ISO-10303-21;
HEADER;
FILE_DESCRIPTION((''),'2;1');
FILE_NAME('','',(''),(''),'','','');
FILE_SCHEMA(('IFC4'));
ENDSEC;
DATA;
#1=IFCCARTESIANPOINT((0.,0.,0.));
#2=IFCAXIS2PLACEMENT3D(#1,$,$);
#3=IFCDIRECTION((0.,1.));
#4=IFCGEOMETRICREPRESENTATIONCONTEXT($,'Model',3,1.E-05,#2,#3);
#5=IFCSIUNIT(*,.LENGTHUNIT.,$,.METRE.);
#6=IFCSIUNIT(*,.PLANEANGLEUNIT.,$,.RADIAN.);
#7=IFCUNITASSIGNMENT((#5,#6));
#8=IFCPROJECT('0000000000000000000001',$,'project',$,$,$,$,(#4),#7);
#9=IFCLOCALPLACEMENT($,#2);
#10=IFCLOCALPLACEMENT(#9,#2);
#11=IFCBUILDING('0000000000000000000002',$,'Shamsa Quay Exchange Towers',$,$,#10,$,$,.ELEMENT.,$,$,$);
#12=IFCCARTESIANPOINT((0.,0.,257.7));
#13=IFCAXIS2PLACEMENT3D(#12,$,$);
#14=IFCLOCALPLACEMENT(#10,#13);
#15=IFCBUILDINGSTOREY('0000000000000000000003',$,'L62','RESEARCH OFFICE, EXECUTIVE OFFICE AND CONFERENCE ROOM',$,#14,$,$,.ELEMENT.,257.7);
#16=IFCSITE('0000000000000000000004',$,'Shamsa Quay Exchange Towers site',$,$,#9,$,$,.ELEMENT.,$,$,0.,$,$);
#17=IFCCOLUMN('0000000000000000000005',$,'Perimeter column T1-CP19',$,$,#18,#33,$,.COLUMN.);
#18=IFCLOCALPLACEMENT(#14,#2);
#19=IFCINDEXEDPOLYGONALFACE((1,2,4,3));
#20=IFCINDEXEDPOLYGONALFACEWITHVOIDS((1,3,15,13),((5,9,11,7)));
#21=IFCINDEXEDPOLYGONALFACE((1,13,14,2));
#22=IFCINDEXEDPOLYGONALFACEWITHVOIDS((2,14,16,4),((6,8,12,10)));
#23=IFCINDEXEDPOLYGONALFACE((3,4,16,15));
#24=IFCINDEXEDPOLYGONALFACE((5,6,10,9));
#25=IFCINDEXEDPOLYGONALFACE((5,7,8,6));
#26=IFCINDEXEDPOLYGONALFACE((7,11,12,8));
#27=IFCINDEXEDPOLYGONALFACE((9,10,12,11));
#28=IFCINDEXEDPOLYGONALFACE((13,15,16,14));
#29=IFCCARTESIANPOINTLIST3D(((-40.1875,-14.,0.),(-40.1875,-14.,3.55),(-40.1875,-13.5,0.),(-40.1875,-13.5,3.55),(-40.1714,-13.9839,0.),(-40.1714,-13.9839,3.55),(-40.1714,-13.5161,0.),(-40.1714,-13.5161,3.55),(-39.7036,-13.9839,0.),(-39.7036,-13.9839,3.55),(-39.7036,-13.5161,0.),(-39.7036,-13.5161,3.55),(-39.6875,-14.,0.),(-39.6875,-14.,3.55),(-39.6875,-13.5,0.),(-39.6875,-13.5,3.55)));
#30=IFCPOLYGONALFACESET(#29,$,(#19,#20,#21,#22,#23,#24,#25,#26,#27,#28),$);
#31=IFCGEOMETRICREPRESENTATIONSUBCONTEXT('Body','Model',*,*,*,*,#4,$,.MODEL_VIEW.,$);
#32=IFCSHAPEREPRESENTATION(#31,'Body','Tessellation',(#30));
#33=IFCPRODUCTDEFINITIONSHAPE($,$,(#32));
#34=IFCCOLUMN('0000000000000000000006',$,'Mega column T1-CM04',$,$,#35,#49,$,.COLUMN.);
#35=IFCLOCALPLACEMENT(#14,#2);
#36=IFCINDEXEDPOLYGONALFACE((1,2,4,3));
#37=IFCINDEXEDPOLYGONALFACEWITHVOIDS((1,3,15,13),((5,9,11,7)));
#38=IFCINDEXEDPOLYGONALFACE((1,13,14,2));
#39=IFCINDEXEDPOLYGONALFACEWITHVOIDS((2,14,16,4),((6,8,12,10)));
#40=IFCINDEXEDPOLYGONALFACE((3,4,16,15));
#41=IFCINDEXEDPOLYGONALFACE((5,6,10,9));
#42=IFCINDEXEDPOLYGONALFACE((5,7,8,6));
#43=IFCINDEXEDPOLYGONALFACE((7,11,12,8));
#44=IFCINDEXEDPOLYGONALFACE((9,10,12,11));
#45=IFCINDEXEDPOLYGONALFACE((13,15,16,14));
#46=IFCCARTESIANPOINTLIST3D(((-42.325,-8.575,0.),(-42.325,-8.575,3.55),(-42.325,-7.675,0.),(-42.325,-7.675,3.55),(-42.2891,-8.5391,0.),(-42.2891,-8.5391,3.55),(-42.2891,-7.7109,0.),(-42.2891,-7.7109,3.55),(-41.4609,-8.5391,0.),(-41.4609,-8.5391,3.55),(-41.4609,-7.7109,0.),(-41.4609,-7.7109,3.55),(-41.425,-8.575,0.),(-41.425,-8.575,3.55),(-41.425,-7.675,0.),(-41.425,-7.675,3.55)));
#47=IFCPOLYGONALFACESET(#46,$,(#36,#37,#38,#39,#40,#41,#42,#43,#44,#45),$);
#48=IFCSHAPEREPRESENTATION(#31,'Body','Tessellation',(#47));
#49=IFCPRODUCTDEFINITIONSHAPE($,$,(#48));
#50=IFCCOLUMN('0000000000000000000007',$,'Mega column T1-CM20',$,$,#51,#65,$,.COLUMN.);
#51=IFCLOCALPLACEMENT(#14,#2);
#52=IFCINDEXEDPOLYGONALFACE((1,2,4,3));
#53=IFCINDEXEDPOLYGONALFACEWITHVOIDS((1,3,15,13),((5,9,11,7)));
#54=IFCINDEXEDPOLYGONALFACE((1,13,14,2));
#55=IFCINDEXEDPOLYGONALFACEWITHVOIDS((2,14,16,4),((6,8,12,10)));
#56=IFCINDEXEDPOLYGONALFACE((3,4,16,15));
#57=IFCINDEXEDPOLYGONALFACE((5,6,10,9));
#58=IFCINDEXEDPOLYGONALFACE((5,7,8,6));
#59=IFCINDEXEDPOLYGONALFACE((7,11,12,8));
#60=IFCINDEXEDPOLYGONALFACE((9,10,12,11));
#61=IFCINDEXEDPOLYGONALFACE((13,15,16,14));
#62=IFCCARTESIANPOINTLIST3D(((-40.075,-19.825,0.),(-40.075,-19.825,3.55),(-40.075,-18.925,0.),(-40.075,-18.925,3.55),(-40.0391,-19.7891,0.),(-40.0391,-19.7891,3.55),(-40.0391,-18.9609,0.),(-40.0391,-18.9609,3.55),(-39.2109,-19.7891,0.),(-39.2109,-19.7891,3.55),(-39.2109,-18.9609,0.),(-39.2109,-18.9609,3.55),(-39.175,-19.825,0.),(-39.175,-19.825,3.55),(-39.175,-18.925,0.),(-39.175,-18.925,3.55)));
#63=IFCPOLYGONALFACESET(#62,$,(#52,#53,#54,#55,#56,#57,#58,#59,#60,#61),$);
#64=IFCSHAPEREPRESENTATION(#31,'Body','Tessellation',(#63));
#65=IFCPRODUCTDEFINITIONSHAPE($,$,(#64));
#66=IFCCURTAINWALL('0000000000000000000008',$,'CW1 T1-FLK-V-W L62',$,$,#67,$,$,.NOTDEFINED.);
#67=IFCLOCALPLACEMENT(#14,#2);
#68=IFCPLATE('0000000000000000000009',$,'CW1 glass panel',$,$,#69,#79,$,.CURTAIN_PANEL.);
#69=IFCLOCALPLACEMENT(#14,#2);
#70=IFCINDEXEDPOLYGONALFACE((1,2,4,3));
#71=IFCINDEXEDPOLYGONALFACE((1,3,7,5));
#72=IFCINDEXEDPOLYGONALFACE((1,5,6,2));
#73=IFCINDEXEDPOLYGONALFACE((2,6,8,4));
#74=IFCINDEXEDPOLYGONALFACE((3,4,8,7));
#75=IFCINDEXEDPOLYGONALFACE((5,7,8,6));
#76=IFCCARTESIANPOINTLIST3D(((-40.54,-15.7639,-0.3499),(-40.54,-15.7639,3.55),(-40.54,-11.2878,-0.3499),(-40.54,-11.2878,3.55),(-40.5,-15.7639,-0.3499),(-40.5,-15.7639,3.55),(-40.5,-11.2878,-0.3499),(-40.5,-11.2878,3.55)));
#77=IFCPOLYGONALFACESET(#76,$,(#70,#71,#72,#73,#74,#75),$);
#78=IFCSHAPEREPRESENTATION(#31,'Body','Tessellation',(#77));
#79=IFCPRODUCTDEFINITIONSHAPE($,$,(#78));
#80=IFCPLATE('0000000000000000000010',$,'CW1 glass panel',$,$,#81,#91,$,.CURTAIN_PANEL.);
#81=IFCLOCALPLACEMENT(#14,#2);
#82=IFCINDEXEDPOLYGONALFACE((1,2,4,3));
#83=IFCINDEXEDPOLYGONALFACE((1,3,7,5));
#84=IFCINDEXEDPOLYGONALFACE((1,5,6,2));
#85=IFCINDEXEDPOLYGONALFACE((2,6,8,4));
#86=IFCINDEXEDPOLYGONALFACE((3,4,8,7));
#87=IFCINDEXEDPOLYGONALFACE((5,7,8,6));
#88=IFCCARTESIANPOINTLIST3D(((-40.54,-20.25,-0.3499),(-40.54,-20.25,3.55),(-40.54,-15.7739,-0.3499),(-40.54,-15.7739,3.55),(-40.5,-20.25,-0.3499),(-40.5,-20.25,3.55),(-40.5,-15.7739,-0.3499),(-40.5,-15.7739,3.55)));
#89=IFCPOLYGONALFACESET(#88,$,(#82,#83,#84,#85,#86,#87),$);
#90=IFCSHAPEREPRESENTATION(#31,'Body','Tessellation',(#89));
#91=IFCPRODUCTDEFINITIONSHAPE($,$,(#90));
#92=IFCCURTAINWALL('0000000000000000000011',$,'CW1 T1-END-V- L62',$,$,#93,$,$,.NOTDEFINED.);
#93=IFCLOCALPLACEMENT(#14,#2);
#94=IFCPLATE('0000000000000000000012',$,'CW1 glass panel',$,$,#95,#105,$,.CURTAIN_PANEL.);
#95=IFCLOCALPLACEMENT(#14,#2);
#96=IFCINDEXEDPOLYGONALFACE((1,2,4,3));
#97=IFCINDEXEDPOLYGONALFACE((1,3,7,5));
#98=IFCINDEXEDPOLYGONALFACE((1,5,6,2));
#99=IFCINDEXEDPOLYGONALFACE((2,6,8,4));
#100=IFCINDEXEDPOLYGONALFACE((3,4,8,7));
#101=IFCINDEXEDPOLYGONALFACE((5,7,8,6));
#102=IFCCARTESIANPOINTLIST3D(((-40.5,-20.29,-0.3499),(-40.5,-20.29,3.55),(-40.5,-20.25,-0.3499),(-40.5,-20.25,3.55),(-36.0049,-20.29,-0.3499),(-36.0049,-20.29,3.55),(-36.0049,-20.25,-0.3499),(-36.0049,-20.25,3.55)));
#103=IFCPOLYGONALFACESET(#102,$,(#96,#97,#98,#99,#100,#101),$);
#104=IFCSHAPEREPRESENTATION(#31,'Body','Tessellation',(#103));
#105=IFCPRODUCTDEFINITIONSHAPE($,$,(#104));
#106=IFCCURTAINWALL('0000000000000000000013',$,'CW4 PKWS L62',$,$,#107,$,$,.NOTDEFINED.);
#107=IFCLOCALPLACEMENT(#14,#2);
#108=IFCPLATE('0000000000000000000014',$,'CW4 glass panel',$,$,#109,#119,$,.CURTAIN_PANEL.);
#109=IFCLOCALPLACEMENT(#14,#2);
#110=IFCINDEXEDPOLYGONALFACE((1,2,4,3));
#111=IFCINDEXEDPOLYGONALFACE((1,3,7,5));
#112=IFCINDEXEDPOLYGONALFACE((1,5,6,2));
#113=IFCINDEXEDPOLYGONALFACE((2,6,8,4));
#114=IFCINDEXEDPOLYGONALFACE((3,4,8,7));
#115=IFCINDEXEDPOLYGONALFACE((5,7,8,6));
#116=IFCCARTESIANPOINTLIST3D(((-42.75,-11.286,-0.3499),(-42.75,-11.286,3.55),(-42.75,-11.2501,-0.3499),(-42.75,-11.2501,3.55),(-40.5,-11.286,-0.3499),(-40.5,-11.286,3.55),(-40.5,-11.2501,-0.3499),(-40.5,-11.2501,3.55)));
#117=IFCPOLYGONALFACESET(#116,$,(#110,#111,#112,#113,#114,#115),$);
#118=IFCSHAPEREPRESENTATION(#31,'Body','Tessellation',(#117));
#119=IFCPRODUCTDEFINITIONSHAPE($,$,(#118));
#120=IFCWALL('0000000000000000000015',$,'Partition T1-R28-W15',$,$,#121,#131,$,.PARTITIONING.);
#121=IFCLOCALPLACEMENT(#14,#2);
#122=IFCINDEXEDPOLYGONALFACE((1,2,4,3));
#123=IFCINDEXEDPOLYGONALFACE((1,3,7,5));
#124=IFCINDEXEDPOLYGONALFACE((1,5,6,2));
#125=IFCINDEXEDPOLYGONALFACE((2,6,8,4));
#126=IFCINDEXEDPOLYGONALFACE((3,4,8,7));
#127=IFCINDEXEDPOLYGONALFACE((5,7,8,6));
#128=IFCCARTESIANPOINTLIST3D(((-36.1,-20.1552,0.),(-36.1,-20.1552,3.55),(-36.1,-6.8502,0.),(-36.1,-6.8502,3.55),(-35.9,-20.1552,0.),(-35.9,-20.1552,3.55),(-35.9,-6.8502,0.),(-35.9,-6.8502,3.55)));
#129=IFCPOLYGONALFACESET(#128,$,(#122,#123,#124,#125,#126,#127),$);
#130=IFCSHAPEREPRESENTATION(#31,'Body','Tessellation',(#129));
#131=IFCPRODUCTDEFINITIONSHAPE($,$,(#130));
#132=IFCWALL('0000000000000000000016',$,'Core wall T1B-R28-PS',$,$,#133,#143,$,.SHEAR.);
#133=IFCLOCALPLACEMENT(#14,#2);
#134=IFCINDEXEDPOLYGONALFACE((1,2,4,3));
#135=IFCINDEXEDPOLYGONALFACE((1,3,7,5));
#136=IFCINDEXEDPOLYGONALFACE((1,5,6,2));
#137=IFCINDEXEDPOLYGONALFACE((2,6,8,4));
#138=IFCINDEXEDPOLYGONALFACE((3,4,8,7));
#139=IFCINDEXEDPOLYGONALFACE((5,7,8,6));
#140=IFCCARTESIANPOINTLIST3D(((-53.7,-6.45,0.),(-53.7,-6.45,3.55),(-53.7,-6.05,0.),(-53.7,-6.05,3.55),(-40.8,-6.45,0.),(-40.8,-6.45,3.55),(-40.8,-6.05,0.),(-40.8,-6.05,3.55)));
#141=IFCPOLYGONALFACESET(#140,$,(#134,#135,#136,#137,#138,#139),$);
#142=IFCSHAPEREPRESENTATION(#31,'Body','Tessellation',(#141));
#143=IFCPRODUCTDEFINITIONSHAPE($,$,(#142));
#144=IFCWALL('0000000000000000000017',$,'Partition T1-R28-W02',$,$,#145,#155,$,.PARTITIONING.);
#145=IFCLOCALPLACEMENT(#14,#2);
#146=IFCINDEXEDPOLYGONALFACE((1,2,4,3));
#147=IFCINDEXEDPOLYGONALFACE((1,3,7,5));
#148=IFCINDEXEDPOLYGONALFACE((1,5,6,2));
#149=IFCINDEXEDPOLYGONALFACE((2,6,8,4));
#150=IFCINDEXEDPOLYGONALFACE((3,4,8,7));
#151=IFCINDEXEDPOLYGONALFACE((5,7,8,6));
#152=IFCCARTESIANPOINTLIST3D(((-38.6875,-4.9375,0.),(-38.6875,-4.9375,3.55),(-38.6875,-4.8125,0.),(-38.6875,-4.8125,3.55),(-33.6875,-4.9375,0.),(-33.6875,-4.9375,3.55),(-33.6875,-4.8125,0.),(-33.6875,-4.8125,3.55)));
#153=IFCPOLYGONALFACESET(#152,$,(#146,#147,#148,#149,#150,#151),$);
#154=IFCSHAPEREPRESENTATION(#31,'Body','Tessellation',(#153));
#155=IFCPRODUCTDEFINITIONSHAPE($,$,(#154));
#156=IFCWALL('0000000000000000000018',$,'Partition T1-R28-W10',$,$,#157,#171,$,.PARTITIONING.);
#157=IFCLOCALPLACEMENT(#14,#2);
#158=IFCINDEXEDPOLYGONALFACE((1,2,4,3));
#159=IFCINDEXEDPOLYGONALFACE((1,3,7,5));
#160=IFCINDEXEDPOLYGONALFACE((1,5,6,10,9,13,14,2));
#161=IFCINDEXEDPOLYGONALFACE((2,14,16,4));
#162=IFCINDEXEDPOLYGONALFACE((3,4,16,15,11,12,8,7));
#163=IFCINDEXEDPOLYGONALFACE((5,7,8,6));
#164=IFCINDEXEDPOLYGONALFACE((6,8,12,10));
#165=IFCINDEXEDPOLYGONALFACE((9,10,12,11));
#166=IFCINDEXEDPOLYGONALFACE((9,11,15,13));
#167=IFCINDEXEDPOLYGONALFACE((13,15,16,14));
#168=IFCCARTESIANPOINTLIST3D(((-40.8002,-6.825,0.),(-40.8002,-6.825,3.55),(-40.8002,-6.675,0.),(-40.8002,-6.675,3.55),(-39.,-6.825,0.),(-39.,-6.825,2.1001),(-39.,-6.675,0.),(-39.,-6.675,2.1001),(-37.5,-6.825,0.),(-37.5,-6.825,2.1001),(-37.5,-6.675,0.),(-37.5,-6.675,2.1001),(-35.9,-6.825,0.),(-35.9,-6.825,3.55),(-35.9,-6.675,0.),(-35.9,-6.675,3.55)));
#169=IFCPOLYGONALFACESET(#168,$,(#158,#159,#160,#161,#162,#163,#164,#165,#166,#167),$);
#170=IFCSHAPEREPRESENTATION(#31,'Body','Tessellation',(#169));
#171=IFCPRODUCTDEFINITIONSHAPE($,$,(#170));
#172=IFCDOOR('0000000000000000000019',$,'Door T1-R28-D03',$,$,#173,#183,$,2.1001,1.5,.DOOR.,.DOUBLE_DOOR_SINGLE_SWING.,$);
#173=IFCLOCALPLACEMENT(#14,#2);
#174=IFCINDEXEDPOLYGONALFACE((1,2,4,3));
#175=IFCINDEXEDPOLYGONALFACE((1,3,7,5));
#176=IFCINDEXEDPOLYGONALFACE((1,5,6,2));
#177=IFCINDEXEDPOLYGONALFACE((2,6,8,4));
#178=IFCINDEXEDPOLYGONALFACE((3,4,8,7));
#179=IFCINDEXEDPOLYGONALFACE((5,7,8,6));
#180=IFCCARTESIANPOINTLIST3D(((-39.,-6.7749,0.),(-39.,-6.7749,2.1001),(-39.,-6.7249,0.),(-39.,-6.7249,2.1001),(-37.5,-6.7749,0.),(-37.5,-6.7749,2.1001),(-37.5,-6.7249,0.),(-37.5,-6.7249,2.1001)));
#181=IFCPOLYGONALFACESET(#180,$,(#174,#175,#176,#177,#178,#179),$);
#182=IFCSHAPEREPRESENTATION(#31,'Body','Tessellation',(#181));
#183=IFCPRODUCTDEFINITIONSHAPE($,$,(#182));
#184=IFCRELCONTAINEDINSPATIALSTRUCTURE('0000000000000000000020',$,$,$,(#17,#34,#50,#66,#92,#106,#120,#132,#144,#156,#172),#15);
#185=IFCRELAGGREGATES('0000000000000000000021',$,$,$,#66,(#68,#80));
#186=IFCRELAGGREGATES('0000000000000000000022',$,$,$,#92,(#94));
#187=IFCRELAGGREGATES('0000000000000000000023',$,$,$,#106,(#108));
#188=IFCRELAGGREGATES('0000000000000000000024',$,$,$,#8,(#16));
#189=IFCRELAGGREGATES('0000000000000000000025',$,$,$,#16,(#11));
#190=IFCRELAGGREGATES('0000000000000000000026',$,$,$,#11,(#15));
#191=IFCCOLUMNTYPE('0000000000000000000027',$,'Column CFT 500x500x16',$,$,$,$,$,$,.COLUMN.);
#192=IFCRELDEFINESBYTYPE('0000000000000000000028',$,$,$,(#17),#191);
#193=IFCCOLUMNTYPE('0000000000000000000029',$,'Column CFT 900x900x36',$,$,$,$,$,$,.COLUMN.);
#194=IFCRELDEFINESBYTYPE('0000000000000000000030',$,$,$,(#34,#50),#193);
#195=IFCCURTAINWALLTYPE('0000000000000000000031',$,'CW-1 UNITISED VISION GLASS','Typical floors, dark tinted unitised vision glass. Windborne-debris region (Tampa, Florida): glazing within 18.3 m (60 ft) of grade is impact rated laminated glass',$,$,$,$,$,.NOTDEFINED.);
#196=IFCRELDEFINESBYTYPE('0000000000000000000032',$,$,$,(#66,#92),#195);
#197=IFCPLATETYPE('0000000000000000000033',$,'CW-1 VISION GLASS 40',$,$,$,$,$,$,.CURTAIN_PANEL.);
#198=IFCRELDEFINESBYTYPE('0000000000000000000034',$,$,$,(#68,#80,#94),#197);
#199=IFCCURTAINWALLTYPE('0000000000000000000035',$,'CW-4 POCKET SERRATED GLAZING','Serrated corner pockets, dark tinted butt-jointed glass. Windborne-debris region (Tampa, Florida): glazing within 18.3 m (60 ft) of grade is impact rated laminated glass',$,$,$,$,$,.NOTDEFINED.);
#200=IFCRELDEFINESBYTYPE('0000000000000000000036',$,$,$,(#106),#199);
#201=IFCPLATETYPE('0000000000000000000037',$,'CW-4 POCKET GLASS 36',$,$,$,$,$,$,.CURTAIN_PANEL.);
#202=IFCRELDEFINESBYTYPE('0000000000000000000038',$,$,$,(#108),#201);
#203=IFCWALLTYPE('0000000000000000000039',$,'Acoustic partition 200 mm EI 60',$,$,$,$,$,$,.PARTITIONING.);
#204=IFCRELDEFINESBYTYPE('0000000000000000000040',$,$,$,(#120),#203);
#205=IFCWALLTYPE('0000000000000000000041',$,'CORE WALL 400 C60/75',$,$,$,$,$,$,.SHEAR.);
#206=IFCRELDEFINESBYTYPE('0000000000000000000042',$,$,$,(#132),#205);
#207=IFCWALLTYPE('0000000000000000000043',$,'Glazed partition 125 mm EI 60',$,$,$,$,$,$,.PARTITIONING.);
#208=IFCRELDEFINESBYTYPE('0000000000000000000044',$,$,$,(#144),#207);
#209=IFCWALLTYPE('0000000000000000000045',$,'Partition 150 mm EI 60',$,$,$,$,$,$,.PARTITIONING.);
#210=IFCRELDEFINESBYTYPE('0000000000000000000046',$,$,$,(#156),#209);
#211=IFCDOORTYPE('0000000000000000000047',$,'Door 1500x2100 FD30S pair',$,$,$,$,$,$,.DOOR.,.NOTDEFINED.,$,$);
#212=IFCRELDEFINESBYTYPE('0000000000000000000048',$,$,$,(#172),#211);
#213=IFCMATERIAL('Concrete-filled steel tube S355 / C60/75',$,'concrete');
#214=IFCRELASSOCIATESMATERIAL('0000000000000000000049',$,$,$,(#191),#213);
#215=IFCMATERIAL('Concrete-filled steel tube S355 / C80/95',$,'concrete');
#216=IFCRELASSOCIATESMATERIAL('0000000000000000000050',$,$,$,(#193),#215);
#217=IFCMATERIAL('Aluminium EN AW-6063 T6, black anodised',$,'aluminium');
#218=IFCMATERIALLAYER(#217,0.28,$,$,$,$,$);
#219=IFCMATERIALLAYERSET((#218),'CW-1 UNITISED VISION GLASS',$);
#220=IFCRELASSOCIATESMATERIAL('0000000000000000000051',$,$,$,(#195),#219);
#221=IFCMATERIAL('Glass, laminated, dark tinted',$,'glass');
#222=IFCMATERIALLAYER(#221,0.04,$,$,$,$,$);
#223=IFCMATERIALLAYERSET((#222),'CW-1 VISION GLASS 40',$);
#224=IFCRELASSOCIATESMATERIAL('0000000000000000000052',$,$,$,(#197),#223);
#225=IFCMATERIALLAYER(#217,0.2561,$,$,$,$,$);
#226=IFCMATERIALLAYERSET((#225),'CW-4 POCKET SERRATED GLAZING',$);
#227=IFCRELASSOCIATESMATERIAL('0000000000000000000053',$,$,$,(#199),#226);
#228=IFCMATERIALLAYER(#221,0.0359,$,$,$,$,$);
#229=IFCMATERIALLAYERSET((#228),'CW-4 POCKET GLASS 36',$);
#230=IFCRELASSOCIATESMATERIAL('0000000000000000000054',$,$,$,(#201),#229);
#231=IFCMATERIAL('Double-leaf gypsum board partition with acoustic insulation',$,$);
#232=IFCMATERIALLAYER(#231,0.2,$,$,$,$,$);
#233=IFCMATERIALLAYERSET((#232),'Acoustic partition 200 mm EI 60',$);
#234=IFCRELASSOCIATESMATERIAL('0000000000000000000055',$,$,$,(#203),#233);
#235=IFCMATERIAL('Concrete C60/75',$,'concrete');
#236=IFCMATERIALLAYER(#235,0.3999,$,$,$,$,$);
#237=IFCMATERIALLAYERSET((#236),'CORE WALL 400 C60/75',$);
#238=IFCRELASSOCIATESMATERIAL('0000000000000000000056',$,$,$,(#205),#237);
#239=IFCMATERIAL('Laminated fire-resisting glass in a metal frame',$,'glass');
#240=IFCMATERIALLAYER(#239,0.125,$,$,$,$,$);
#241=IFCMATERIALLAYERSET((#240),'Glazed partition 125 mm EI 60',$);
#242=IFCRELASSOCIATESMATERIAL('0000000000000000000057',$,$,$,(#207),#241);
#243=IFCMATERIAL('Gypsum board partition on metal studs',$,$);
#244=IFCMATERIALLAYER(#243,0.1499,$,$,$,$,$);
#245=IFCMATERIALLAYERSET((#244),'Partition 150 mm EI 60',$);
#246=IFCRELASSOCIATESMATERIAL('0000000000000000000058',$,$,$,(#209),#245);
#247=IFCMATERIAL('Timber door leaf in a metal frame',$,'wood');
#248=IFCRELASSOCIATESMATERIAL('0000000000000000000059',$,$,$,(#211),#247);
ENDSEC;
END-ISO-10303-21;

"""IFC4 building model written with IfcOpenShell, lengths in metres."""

from ifc_helpers import new_model, si_unit, direction, frame, frame_2d, origin, origin_2d, place, context, subcontext, project, spatial, rectangle, hollow_rectangle, extrude, material, layer, layer_set, material_profile, profile_set, type_object, element, fill, aggregate, save


model = new_model("IFC4")

# Units and contexts
model_context = context("Model", 3, precision=1e-05, world=origin(), true_north=direction((0.0, 1.0)))
body_context = subcontext(model_context, "Body", "Model", "MODEL_VIEW")
ifc_project = project(units=[si_unit("LENGTHUNIT", "METRE"), si_unit("PLANEANGLEUNIT", "RADIAN")], contexts=[model_context])

# Site, building, storey
site_placement = place(None, origin())
site = spatial("IfcSite", under=ifc_project, at=site_placement, Name="Shamsa Quay Exchange Towers site", CompositionType="ELEMENT", RefElevation=0.0)
building_placement = place(site_placement, origin())
building = spatial("IfcBuilding", under=site, at=building_placement, Name="Shamsa Quay Exchange Towers", CompositionType="ELEMENT")
storey_placement = place(building_placement, frame((0.0, 0.0, 257.7)))
storey = spatial("IfcBuildingStorey", under=building, at=storey_placement, Name="L62", Description="RESEARCH OFFICE, EXECUTIVE OFFICE AND CONFERENCE ROOM", CompositionType="ELEMENT", Elevation=257.7)

# Columns
ifc_material_1 = material(Name="Concrete-filled steel tube S355 / C60/75", Category="concrete")
ifc_material_profile_1 = material_profile(ifc_material_1, hollow_rectangle(XDim=0.5, YDim=0.5, WallThickness=0.0161, at=origin_2d()), Name="CFT 500x500x16")
ifc_profile_set_1 = profile_set([ifc_material_profile_1], Name="Concrete-filled steel tube S355 / C60/75")
column_type_1 = type_object("IfcColumnType", Name="Column CFT 500x500x16", PredefinedType="COLUMN", material=ifc_profile_set_1)
column_placement = place(storey_placement, frame((-39.9375, -13.75, 0.0)))
element("IfcColumn", 1, at=column_placement, inside=storey, type_object=column_type_1, Name="Perimeter column T1-CP19", PredefinedType="COLUMN", context=body_context, shape_type="SweptSolid", body=[
    extrude(hollow_rectangle(XDim=0.5, YDim=0.5, WallThickness=0.0161, at=origin_2d()), origin(), (0.0, 0.0, 1.0), 3.55),
])
ifc_material_2 = material(Name="Concrete-filled steel tube S355 / C80/95", Category="concrete")
ifc_material_profile_2 = material_profile(ifc_material_2, hollow_rectangle(XDim=0.8999, YDim=0.8999, WallThickness=0.0359, at=origin_2d()), Name="CFT 900x900x36")
ifc_profile_set_2 = profile_set([ifc_material_profile_2], Name="Concrete-filled steel tube S355 / C80/95")
column_type_2 = type_object("IfcColumnType", Name="Column CFT 900x900x36", PredefinedType="COLUMN", material=ifc_profile_set_2)
for number, where, name in (
    (2, (-41.875, -8.125, 0.0), "Mega column T1-CM04"),
    (3, (-39.625, -19.375, 0.0), "Mega column T1-CM20"),
):
    element("IfcColumn", number, at=place(storey_placement, frame(where)), inside=storey, type_object=column_type_2, Name=name, PredefinedType="COLUMN", context=body_context, shape_type="SweptSolid", body=[
        extrude(hollow_rectangle(XDim=0.8999, YDim=0.8999, WallThickness=0.0359, at=origin_2d()), origin(), (0.0, 0.0, 1.0), 3.55),
    ])

# Curtain wall, plates
ifc_material_3 = material(Name="Aluminium EN AW-6063 T6, black anodised", Category="aluminium")
ifc_layer_1 = layer(ifc_material_3, 0.28)
ifc_layer_set_1 = layer_set([ifc_layer_1], Name="CW-1 UNITISED VISION GLASS")
curtain_wall_type_1 = type_object("IfcCurtainWallType", Name="CW-1 UNITISED VISION GLASS", Description="Typical floors, dark tinted unitised vision glass. Windborne-debris region (Tampa, Florida): glazing within 18.3 m (60 ft) of grade is impact rated laminated glass", PredefinedType="NOTDEFINED", material=ifc_layer_set_1)
curtain_wall_1_placement = place(storey_placement, origin())
curtain_wall_1 = element("IfcCurtainWall", 4, at=curtain_wall_1_placement, inside=storey, type_object=curtain_wall_type_1, Name="CW1 T1-FLK-V-W L62", PredefinedType="NOTDEFINED")
ifc_material_4 = material(Name="Glass, laminated, dark tinted", Category="glass")
ifc_layer_2 = layer(ifc_material_4, 0.04)
ifc_layer_set_2 = layer_set([ifc_layer_2], Name="CW-1 VISION GLASS 40")
plate_type_1 = type_object("IfcPlateType", Name="CW-1 VISION GLASS 40", PredefinedType="CURTAIN_PANEL", material=ifc_layer_set_2)
plate_1_placement = place(storey_placement, frame((-40.52, -13.5259, -0.3499), z_axis=(0.0, 0.0, 1.0), x_axis=(0.0, -1.0, 0.0)))
plate_1 = element("IfcPlate", 5, at=plate_1_placement, type_object=plate_type_1, Name="CW1 glass panel", PredefinedType="CURTAIN_PANEL", context=body_context, shape_type="SweptSolid", body=[
    extrude(rectangle(XDim=4.4761, YDim=0.04, at=origin_2d()), origin(), (0.0, 0.0, 1.0), 3.8999),
])
plate_2_placement = place(storey_placement, frame((-40.52, -18.012, -0.3499), z_axis=(0.0, 0.0, 1.0), x_axis=(0.0, -1.0, 0.0)))
plate_2 = element("IfcPlate", 6, at=plate_2_placement, type_object=plate_type_1, Name="CW1 glass panel", PredefinedType="CURTAIN_PANEL", context=body_context, shape_type="SweptSolid", body=[
    extrude(rectangle(XDim=4.4761, YDim=0.04, at=origin_2d()), origin(), (0.0, 0.0, 1.0), 3.8999),
])
aggregate(curtain_wall_1, [plate_1, plate_2])

# Curtain walls, plates
curtain_wall_2_placement = place(storey_placement, origin())
curtain_wall_2 = element("IfcCurtainWall", 7, at=curtain_wall_2_placement, inside=storey, type_object=curtain_wall_type_1, Name="CW1 T1-END-V- L62", PredefinedType="NOTDEFINED")
plate_3_placement = place(storey_placement, frame((-38.2524, -20.27, -0.3499)))
plate_3 = element("IfcPlate", 8, at=plate_3_placement, type_object=plate_type_1, Name="CW1 glass panel", PredefinedType="CURTAIN_PANEL", context=body_context, shape_type="SweptSolid", body=[
    extrude(rectangle(XDim=4.4951, YDim=0.04, at=origin_2d()), origin(), (0.0, 0.0, 1.0), 3.8999),
])
aggregate(curtain_wall_2, [plate_3])
ifc_layer_3 = layer(ifc_material_3, 0.2561)
ifc_layer_set_3 = layer_set([ifc_layer_3], Name="CW-4 POCKET SERRATED GLAZING")
curtain_wall_type_2 = type_object("IfcCurtainWallType", Name="CW-4 POCKET SERRATED GLAZING", Description="Serrated corner pockets, dark tinted butt-jointed glass. Windborne-debris region (Tampa, Florida): glazing within 18.3 m (60 ft) of grade is impact rated laminated glass", PredefinedType="NOTDEFINED", material=ifc_layer_set_3)
curtain_wall_3_placement = place(storey_placement, origin())
curtain_wall_3 = element("IfcCurtainWall", 9, at=curtain_wall_3_placement, inside=storey, type_object=curtain_wall_type_2, Name="CW4 PKWS L62", PredefinedType="NOTDEFINED")
ifc_layer_4 = layer(ifc_material_4, 0.0359)
ifc_layer_set_4 = layer_set([ifc_layer_4], Name="CW-4 POCKET GLASS 36")
plate_type_2 = type_object("IfcPlateType", Name="CW-4 POCKET GLASS 36", PredefinedType="CURTAIN_PANEL", material=ifc_layer_set_4)
plate_4_placement = place(storey_placement, frame((-41.625, -11.2681, -0.3499)))
plate_4 = element("IfcPlate", 10, at=plate_4_placement, type_object=plate_type_2, Name="CW4 glass panel", PredefinedType="CURTAIN_PANEL", context=body_context, shape_type="SweptSolid", body=[
    extrude(rectangle(XDim=2.25, YDim=0.0359, at=origin_2d()), origin(), (0.0, 0.0, 1.0), 3.8999),
])
aggregate(curtain_wall_3, [plate_4])

# Walls
ifc_material_5 = material(Name="Double-leaf gypsum board partition with acoustic insulation")
ifc_layer_5 = layer(ifc_material_5, 0.2)
ifc_layer_set_5 = layer_set([ifc_layer_5], Name="Acoustic partition 200 mm EI 60")
wall_type_1 = type_object("IfcWallType", Name="Acoustic partition 200 mm EI 60", PredefinedType="PARTITIONING", material=ifc_layer_set_5)
wall_1_placement = place(storey_placement, frame((-36.0, -20.155, 0.0), z_axis=(0.0, 0.0, 1.0), x_axis=(0.0, 1.0, 0.0)))
element("IfcWall", 11, at=wall_1_placement, inside=storey, type_object=wall_type_1, Name="Partition T1-R28-W15", PredefinedType="PARTITIONING", context=body_context, shape_type="SweptSolid", body=[
    extrude(rectangle(XDim=13.3049, YDim=0.2, at=frame_2d((6.6523, 0.0))), origin(), (0.0, 0.0, 1.0), 3.55),
])
ifc_material_6 = material(Name="Concrete C60/75", Category="concrete")
ifc_layer_6 = layer(ifc_material_6, 0.3999)
ifc_layer_set_6 = layer_set([ifc_layer_6], Name="CORE WALL 400 C60/75")
wall_type_2 = type_object("IfcWallType", Name="CORE WALL 400 C60/75", PredefinedType="SHEAR", material=ifc_layer_set_6)
wall_2_placement = place(storey_placement, frame((-40.8, -6.25, 0.0), z_axis=(0.0, 0.0, 1.0), x_axis=(-1.0, 0.0, 0.0)))
element("IfcWall", 12, at=wall_2_placement, inside=storey, type_object=wall_type_2, Name="Core wall T1B-R28-PS", PredefinedType="SHEAR", context=body_context, shape_type="SweptSolid", body=[
    extrude(rectangle(XDim=12.8999, YDim=0.3999, at=frame_2d((6.45, 0.0))), origin(), (0.0, 0.0, 1.0), 3.55),
])

# Wall
ifc_material_7 = material(Name="Laminated fire-resisting glass in a metal frame", Category="glass")
ifc_layer_7 = layer(ifc_material_7, 0.125)
ifc_layer_set_7 = layer_set([ifc_layer_7], Name="Glazed partition 125 mm EI 60")
wall_type_3 = type_object("IfcWallType", Name="Glazed partition 125 mm EI 60", PredefinedType="PARTITIONING", material=ifc_layer_set_7)
wall_3_placement = place(storey_placement, frame((-38.6875, -4.875, 0.0)))
element("IfcWall", 13, at=wall_3_placement, inside=storey, type_object=wall_type_3, Name="Partition T1-R28-W02", PredefinedType="PARTITIONING", context=body_context, shape_type="SweptSolid", body=[
    extrude(rectangle(XDim=5.0, YDim=0.125, at=frame_2d((2.5, 0.0))), origin(), (0.0, 0.0, 1.0), 3.55),
])

# Wall, opening, door
ifc_material_8 = material(Name="Gypsum board partition on metal studs")
ifc_layer_8 = layer(ifc_material_8, 0.1499)
ifc_layer_set_8 = layer_set([ifc_layer_8], Name="Partition 150 mm EI 60")
wall_type_4 = type_object("IfcWallType", Name="Partition 150 mm EI 60", PredefinedType="PARTITIONING", material=ifc_layer_set_8)
wall_4_placement = place(storey_placement, frame((-35.8999, -6.75, 0.0), z_axis=(0.0, 0.0, 1.0), x_axis=(-1.0, 0.0, 0.0)))
wall_4 = element("IfcWall", 14, at=wall_4_placement, inside=storey, type_object=wall_type_4, Name="Partition T1-R28-W10", PredefinedType="PARTITIONING", context=body_context, shape_type="SweptSolid", body=[
    extrude(rectangle(XDim=4.9001, YDim=0.1499, at=frame_2d((2.4502, 0.0))), origin(), (0.0, 0.0, 1.0), 3.55),
])
opening_1_placement = place(wall_4_placement, frame((1.6001, 0.0, 0.0)))
opening_1 = element("IfcOpeningElement", 15, at=opening_1_placement, cuts=wall_4, PredefinedType="OPENING", context=body_context, shape_type="SweptSolid", body=[
    extrude(rectangle(XDim=1.5, YDim=2.1001, at=frame_2d((0.75, 1.05))), frame((0.0, 0.085, 0.0), z_axis=(0.0, -1.0, 0.0), x_axis=(1.0, 0.0, 0.0)), (0.0, 0.0, 1.0), 0.1699),
])
ifc_material_9 = material(Name="Timber door leaf in a metal frame", Category="wood")
door_type_1 = type_object("IfcDoorType", Name="Door 1500x2100 FD30S pair", OperationType="NOTDEFINED", PredefinedType="DOOR", material=ifc_material_9)
door_1_placement = place(opening_1_placement, origin())
door_1 = element("IfcDoor", 16, at=door_1_placement, inside=storey, type_object=door_type_1, Name="Door T1-R28-D03", OperationType="DOUBLE_DOOR_SINGLE_SWING", OverallHeight=2.1001, OverallWidth=1.5, PredefinedType="DOOR", context=body_context, shape_type="SweptSolid", body=[
    extrude(rectangle(XDim=1.5, YDim=2.1001, at=frame_2d((0.75, 1.05))), frame((0.0, 0.0249, 0.0), z_axis=(0.0, -1.0, 0.0), x_axis=(1.0, 0.0, 0.0)), (0.0, 0.0, 1.0), 0.05),
])
fill(opening_1, door_1)

save(model, "model.ifc")
